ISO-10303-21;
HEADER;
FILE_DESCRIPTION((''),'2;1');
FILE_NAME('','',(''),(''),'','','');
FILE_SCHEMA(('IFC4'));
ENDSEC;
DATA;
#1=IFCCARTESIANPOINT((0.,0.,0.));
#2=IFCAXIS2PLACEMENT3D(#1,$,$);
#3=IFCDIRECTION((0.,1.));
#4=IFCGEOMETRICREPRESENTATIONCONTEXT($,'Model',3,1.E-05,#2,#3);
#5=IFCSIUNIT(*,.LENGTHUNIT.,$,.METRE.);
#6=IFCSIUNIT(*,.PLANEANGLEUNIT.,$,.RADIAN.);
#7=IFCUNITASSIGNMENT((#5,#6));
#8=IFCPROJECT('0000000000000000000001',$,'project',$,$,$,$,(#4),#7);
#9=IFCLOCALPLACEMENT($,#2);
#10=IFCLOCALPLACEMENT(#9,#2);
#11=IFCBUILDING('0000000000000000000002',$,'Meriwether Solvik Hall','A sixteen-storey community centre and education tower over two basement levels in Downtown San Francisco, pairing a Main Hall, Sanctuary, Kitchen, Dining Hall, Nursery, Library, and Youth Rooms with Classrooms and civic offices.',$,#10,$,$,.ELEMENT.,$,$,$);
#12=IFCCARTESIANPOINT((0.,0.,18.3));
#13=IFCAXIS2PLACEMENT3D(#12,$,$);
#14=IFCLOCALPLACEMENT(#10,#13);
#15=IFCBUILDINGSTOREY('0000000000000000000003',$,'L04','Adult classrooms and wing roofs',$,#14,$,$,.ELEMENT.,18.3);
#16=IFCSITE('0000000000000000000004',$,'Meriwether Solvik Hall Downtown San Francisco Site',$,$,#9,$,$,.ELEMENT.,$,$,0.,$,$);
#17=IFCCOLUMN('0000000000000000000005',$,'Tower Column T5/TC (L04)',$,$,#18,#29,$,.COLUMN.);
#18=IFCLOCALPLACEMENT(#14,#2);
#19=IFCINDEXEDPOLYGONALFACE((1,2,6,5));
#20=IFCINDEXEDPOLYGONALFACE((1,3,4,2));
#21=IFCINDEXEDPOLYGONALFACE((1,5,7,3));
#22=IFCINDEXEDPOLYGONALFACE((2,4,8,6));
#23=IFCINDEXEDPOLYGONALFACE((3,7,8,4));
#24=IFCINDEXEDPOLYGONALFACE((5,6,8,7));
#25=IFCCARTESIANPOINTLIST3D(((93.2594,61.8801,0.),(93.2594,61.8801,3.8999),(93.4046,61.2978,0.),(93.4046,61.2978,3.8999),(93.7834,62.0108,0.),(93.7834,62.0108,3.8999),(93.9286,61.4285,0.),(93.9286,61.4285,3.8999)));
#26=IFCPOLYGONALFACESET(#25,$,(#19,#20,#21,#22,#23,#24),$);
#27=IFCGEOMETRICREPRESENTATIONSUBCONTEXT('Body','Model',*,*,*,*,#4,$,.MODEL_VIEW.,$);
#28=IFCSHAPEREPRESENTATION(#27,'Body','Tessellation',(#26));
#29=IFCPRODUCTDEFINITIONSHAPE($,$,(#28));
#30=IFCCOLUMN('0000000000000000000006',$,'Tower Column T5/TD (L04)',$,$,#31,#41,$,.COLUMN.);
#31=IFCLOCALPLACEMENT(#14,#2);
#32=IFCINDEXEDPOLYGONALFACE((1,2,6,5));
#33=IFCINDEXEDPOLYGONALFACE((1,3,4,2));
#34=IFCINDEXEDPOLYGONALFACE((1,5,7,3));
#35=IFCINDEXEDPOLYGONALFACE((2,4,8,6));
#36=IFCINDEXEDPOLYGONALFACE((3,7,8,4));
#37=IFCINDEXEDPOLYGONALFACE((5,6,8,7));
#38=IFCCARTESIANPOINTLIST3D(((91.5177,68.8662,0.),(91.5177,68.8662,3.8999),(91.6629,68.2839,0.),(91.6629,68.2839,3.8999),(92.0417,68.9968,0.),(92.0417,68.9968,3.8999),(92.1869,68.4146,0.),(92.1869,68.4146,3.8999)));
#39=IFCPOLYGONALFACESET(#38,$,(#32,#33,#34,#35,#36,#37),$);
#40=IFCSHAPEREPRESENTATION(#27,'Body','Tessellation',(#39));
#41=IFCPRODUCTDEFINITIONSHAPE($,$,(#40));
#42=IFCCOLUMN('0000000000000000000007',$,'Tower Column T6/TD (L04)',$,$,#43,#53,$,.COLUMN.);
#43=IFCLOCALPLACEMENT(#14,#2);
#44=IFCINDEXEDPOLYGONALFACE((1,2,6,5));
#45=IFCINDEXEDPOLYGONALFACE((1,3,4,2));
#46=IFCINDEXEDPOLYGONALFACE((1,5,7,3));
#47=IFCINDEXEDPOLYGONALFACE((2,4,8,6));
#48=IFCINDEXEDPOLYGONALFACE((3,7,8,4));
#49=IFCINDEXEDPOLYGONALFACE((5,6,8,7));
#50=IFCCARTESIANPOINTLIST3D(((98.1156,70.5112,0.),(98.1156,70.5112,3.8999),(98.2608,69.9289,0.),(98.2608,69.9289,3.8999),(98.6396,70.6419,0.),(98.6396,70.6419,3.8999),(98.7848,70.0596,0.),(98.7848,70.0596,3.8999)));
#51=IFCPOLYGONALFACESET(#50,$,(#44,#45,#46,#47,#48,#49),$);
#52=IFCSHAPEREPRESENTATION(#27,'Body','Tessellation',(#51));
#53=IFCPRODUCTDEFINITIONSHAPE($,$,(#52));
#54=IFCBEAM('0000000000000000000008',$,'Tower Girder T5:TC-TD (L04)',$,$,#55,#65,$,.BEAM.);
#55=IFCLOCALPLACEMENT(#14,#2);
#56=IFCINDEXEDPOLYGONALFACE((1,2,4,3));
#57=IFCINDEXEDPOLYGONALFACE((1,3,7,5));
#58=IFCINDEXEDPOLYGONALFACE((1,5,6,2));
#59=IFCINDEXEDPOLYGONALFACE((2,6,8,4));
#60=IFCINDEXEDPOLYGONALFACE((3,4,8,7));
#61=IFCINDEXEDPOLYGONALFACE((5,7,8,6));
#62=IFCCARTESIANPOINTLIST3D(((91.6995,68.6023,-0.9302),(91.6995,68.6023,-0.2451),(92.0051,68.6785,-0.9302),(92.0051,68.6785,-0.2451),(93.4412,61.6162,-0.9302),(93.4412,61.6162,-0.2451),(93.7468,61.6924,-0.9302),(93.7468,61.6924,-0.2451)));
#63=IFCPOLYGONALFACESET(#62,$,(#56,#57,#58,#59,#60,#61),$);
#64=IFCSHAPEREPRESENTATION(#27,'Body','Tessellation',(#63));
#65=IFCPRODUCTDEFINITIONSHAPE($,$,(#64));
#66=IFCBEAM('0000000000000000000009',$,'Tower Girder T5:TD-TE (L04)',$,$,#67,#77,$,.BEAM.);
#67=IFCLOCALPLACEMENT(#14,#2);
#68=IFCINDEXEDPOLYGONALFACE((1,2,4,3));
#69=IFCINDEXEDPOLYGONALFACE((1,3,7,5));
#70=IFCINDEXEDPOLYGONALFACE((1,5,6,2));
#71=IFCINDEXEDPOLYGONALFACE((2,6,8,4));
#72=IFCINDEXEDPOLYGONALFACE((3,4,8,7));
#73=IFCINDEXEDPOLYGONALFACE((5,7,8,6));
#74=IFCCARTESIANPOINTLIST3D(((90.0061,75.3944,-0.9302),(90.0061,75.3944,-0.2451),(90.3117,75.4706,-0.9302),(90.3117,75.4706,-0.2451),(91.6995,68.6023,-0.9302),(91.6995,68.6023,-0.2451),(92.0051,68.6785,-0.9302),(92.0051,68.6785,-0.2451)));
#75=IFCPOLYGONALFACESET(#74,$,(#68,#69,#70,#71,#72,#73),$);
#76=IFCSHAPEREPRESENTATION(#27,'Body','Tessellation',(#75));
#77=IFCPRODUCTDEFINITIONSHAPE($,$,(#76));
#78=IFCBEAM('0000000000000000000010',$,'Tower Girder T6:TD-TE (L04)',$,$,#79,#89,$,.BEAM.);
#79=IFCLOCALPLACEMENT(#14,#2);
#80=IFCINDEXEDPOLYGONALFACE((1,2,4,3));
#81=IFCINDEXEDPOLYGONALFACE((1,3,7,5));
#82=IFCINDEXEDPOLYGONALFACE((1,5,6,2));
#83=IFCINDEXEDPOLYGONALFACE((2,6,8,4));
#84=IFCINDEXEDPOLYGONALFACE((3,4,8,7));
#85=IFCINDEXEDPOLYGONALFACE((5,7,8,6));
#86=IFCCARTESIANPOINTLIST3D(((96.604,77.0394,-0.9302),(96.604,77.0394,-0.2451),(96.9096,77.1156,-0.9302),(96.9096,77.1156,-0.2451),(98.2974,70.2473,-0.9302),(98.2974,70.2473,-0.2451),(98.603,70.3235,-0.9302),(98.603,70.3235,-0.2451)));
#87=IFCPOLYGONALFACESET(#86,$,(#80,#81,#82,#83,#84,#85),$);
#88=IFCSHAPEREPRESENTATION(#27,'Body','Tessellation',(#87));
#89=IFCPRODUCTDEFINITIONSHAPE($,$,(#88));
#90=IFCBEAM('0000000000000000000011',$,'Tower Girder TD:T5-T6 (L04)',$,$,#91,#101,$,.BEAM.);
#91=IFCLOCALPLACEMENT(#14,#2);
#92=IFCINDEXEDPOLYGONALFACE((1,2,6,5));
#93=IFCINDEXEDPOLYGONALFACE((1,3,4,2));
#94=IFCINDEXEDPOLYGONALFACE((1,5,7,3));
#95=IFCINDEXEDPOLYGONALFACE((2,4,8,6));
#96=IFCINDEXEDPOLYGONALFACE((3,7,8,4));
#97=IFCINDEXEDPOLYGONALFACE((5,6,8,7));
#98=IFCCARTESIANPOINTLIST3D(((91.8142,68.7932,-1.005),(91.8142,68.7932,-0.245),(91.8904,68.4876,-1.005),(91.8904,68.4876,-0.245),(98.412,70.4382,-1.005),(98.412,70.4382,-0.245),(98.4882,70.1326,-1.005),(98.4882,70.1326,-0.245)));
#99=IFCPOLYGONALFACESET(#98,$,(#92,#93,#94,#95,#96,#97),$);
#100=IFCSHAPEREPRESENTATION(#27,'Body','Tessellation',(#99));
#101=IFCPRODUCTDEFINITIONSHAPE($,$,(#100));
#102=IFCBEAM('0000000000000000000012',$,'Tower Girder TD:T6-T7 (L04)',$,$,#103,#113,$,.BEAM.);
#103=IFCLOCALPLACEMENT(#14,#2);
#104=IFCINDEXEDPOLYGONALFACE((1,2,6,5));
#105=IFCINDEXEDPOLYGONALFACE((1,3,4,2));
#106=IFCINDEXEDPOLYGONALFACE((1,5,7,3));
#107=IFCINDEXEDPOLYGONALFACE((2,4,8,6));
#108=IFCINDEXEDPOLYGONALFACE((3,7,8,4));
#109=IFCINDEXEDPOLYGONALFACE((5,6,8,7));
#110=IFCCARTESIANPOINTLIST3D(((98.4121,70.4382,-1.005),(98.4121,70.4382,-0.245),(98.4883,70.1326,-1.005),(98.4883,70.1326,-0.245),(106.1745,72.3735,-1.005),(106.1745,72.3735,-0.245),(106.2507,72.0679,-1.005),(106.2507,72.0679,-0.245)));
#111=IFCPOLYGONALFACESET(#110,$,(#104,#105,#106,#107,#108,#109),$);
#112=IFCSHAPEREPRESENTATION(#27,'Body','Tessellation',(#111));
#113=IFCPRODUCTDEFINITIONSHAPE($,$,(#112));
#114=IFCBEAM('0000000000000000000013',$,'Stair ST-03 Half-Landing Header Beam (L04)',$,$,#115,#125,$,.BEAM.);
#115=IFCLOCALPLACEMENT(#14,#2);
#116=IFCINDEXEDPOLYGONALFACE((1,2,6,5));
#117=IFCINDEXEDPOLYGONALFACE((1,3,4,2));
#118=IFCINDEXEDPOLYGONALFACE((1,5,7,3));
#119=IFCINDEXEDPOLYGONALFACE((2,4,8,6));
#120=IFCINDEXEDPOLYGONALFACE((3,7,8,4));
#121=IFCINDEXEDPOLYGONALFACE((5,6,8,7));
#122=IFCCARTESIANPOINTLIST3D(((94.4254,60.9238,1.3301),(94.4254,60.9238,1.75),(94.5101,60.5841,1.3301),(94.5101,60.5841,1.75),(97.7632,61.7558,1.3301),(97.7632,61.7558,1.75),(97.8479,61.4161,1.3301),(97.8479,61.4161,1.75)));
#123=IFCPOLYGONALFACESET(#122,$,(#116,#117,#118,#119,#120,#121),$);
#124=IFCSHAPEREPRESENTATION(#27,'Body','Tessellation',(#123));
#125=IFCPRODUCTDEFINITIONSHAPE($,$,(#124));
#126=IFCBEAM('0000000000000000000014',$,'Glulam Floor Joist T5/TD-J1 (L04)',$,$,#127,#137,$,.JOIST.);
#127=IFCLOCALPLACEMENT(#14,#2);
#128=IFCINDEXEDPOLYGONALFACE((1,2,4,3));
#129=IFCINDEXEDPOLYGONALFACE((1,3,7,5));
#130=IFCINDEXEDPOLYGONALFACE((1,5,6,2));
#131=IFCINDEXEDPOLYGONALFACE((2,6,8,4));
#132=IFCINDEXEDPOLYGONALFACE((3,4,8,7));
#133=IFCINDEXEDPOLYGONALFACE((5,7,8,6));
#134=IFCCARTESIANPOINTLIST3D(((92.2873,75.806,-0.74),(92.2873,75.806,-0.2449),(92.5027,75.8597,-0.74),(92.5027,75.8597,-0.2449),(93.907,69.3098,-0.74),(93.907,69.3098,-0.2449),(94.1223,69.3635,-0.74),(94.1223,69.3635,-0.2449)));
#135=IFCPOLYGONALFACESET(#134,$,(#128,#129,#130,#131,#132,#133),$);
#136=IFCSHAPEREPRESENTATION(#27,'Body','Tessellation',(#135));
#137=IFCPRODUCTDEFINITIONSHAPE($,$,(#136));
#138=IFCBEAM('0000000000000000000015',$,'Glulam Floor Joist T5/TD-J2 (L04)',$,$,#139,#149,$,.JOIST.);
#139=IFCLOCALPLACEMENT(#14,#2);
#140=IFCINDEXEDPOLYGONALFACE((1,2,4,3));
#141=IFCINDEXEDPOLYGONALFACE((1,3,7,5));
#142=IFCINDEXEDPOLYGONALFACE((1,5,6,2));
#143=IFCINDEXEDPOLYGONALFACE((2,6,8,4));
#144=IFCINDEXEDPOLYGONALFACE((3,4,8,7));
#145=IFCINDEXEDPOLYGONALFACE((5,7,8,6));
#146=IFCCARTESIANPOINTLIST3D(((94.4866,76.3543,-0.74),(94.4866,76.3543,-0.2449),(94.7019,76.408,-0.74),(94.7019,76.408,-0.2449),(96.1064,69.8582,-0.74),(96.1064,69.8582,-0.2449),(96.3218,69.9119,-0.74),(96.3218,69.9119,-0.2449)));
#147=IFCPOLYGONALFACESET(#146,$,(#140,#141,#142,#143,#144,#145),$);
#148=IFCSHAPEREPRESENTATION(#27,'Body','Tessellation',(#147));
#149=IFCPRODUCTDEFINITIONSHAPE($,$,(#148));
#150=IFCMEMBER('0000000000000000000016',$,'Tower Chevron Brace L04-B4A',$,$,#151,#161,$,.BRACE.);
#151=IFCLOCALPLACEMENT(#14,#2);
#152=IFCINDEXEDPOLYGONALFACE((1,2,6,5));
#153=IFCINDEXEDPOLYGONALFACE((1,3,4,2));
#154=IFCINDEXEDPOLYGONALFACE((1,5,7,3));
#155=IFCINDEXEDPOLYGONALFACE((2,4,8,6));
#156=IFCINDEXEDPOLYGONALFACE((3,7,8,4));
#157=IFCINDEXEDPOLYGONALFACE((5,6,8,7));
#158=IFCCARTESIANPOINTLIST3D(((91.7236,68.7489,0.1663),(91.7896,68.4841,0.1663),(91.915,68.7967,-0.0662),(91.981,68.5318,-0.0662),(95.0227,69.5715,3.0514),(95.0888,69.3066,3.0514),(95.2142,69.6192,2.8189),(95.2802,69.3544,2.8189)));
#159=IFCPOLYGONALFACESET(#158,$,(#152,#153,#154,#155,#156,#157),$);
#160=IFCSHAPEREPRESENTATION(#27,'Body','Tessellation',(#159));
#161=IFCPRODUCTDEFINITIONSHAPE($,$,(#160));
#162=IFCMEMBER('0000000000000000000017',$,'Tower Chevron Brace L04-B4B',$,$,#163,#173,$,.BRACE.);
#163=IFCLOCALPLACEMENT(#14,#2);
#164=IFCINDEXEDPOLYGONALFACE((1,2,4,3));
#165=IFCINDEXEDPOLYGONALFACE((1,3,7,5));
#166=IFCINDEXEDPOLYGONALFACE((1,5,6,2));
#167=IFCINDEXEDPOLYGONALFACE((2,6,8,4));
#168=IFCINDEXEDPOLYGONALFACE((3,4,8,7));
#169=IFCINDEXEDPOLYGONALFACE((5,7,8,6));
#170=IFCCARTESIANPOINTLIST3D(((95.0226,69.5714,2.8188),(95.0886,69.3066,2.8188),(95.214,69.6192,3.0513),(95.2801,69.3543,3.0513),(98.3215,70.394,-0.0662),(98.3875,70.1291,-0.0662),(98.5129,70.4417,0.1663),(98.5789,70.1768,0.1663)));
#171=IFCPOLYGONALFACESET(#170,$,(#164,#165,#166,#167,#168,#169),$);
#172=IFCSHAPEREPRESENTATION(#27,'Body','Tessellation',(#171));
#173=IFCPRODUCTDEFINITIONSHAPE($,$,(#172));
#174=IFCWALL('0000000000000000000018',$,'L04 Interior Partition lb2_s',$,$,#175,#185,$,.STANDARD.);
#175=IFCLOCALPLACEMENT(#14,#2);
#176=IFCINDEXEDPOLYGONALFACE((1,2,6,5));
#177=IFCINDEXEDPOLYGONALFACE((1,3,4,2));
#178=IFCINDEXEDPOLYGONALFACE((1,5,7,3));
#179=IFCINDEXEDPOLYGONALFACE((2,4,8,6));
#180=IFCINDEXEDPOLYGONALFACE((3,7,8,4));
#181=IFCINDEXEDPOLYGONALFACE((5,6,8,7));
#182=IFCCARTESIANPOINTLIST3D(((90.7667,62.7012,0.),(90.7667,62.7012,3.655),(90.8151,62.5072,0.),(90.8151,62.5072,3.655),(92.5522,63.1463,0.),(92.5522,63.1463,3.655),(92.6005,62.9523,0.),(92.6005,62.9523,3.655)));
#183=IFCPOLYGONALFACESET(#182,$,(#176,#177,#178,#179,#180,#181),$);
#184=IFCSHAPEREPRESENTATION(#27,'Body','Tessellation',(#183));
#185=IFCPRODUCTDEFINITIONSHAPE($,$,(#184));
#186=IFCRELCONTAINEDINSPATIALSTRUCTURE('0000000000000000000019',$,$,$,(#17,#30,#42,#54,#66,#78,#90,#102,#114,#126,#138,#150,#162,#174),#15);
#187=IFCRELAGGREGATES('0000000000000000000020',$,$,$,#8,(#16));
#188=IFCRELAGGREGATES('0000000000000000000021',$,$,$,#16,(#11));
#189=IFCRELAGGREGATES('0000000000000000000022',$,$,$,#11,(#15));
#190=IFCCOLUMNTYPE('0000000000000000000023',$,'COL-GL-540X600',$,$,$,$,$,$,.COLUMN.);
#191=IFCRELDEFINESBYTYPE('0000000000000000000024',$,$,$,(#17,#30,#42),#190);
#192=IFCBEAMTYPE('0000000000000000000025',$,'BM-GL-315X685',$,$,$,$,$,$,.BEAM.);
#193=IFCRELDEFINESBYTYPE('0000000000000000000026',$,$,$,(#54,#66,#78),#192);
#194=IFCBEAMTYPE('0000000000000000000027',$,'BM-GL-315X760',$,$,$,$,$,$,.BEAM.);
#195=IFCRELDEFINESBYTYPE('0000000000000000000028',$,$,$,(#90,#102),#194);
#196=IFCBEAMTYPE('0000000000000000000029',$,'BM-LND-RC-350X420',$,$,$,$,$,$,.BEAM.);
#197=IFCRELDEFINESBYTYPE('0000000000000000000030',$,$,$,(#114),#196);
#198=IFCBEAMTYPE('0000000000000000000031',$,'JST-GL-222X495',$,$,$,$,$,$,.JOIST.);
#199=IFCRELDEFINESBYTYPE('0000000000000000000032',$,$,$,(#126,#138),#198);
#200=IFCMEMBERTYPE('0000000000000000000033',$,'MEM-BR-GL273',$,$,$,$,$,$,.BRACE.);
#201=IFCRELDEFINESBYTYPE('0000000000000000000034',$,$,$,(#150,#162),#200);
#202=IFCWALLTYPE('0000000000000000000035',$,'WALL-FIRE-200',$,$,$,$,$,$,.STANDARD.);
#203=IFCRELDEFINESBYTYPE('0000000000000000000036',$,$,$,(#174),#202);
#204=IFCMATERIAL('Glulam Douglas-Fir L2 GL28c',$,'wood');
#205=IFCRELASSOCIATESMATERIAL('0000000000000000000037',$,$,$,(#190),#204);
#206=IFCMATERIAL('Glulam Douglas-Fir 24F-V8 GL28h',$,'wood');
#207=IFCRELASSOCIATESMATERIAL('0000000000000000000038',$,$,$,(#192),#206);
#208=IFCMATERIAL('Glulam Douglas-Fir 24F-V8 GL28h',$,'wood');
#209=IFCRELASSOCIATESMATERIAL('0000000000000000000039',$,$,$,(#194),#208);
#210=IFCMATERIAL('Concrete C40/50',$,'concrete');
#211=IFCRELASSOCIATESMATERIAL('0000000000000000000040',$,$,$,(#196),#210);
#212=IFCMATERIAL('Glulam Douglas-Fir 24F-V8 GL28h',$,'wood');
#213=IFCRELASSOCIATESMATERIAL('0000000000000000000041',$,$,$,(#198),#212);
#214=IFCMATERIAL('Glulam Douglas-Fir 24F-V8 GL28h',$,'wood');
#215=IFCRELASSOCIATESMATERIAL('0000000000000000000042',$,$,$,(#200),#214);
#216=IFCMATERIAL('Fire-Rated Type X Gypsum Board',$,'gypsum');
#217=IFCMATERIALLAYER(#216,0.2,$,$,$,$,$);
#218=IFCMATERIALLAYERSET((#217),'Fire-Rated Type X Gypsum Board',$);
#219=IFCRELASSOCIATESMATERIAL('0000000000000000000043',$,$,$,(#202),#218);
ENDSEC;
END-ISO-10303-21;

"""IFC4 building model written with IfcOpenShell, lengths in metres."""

from ifc_helpers import new_model, si_unit, direction, frame, frame_2d, origin, origin_2d, place, context, subcontext, project, spatial, rectangle, extrude, material, layer, layer_set, material_profile, profile_set, type_object, element, save


model = new_model("IFC4")

# Units and contexts
model_context = context("Model", 3, precision=1e-05, world=origin(), true_north=direction((0.0, 1.0)))
body_context = subcontext(model_context, "Body", "Model", "MODEL_VIEW")
ifc_project = project(units=[si_unit("LENGTHUNIT", "METRE"), si_unit("PLANEANGLEUNIT", "RADIAN")], contexts=[model_context])

# Site, building, storey
site_placement = place(None, origin())
site = spatial("IfcSite", under=ifc_project, at=site_placement, Name="Meriwether Solvik Hall Downtown San Francisco Site", CompositionType="ELEMENT", RefElevation=0.0)
building_placement = place(site_placement, origin())
building = spatial("IfcBuilding", under=site, at=building_placement, Name="Meriwether Solvik Hall", Description="A sixteen-storey community centre and education tower over two basement levels in Downtown San Francisco, pairing a Main Hall, Sanctuary, Kitchen, Dining Hall, Nursery, Library, and Youth Rooms with Classrooms and civic offices.", CompositionType="ELEMENT")
storey_placement = place(building_placement, frame((0.0, 0.0, 18.3)))
storey = spatial("IfcBuildingStorey", under=building, at=storey_placement, Name="L04", Description="Adult classrooms and wing roofs", CompositionType="ELEMENT", Elevation=18.3)

# Columns
ifc_material_1 = material(Name="Glulam Douglas-Fir L2 GL28c", Category="wood")
ifc_material_profile_1 = material_profile(ifc_material_1, rectangle(XDim=0.54, YDim=0.6001, at=origin_2d()), Name="GLC-540X600")
ifc_profile_set_1 = profile_set([ifc_material_profile_1], Name="Glulam Douglas-Fir L2 GL28c")
column_type = type_object("IfcColumnType", Name="COL-GL-540X600", PredefinedType="COLUMN", material=ifc_profile_set_1)
for number, where, z_axis, x_axis, name in (
    (1, (93.594, 61.6543, 0.0), (0.0, 0.0, 1.0), (0.970296, 0.241922, 0.0), "Tower Column T5/TC (L04)"),
    (2, (91.8523, 68.6404, 0.0), (0.0, 0.0, 1.0), (0.970296, 0.241922, 0.0), "Tower Column T5/TD (L04)"),
    (3, (98.4502, 70.2854, 0.0), (0.0, 0.0, 1.0), (0.970296, 0.241922, 0.0), "Tower Column T6/TD (L04)"),
):
    element("IfcColumn", number, at=place(storey_placement, frame(where, z_axis=z_axis, x_axis=x_axis)), inside=storey, type_object=column_type, Name=name, PredefinedType="COLUMN", context=body_context, shape_type="SweptSolid", body=[
        extrude(rectangle(XDim=0.54, YDim=0.6001, at=origin_2d()), origin(), (0.0, 0.0, 1.0), 3.8999),
    ])

# Beams
ifc_material_2 = material(Name="Glulam Douglas-Fir 24F-V8 GL28h", Category="wood")
ifc_material_profile_2 = material_profile(ifc_material_2, rectangle(XDim=0.3149, YDim=0.6851, at=origin_2d()), Name="GLB-315X685")
ifc_profile_set_2 = profile_set([ifc_material_profile_2], Name="Glulam Douglas-Fir 24F-V8 GL28h")
beam_type_1 = type_object("IfcBeamType", Name="BM-GL-315X685", PredefinedType="BEAM", material=ifc_profile_set_2)
beam_1_placement = place(storey_placement, frame((93.594, 61.6543, -0.5876), z_axis=(-0.241905, 0.9703, 0.0), x_axis=(-0.9703, -0.241905, 0.0)))
element("IfcBeam", 4, at=beam_1_placement, inside=storey, type_object=beam_type_1, Name="Tower Girder T5:TC-TD (L04)", PredefinedType="BEAM", context=body_context, shape_type="SweptSolid", body=[
    extrude(rectangle(XDim=0.3149, YDim=0.6851, at=origin_2d()), origin(), (0.0, 0.0, 1.0), 7.2),
])
for number, where, z_axis, x_axis, name in (
    (5, (91.8523, 68.6404, -0.5876), (-0.241912, 0.970298, 0.0), (-0.970298, -0.241912, 0.0), "Tower Girder T5:TD-TE (L04)"),
    (6, (98.4502, 70.2854, -0.5876), (-0.241912, 0.970298, 0.0), (-0.970298, -0.241912, 0.0), "Tower Girder T6:TD-TE (L04)"),
):
    element("IfcBeam", number, at=place(storey_placement, frame(where, z_axis=z_axis, x_axis=x_axis)), inside=storey, type_object=beam_type_1, Name=name, PredefinedType="BEAM", context=body_context, shape_type="SweptSolid", body=[
        extrude(rectangle(XDim=0.3149, YDim=0.6851, at=origin_2d()), origin(), (0.0, 0.0, 1.0), 7.0),
    ])
ifc_material_3 = material(Name="Glulam Douglas-Fir 24F-V8 GL28h", Category="wood")
ifc_material_profile_3 = material_profile(ifc_material_3, rectangle(XDim=0.3149, YDim=0.76, at=origin_2d()), Name="GLB-315X760")
ifc_profile_set_3 = profile_set([ifc_material_profile_3], Name="Glulam Douglas-Fir 24F-V8 GL28h")
beam_type_2 = type_object("IfcBeamType", Name="BM-GL-315X760", PredefinedType="BEAM", material=ifc_profile_set_3)
beam_2_placement = place(storey_placement, frame((91.8523, 68.6404, -0.625), z_axis=(0.970296, 0.241919, 0.0), x_axis=(-0.241919, 0.970296, 0.0)))
element("IfcBeam", 7, at=beam_2_placement, inside=storey, type_object=beam_type_2, Name="Tower Girder TD:T5-T6 (L04)", PredefinedType="BEAM", context=body_context, shape_type="SweptSolid", body=[
    extrude(rectangle(XDim=0.3149, YDim=0.76, at=origin_2d()), origin(), (0.0, 0.0, 1.0), 6.7998),
])
beam_3_placement = place(storey_placement, frame((98.4502, 70.2854, -0.625), z_axis=(0.970298, 0.241911, 0.0), x_axis=(-0.241911, 0.970298, 0.0)))
element("IfcBeam", 8, at=beam_3_placement, inside=storey, type_object=beam_type_2, Name="Tower Girder TD:T6-T7 (L04)", PredefinedType="BEAM", context=body_context, shape_type="SweptSolid", body=[
    extrude(rectangle(XDim=0.3149, YDim=0.76, at=origin_2d()), origin(), (0.0, 0.0, 1.0), 8.0),
])
ifc_material_4 = material(Name="Concrete C40/50", Category="concrete")
ifc_material_profile_4 = material_profile(ifc_material_4, rectangle(XDim=0.3501, YDim=0.4199, at=origin_2d()), Name="RCB-350X420")
ifc_profile_set_4 = profile_set([ifc_material_profile_4], Name="Concrete C40/50")
beam_type_3 = type_object("IfcBeamType", Name="BM-LND-RC-350X420", PredefinedType="BEAM", material=ifc_profile_set_4)
beam_4_placement = place(storey_placement, frame((94.4678, 60.7539, 1.54), z_axis=(0.970309, 0.241868, 0.0), x_axis=(-0.241868, 0.970309, 0.0)))
element("IfcBeam", 9, at=beam_4_placement, inside=storey, type_object=beam_type_3, Name="Stair ST-03 Half-Landing Header Beam (L04)", PredefinedType="BEAM", context=body_context, shape_type="SweptSolid", body=[
    extrude(rectangle(XDim=0.3501, YDim=0.4199, at=origin_2d()), origin(), (0.0, 0.0, 1.0), 3.4399),
])
ifc_material_5 = material(Name="Glulam Douglas-Fir 24F-V8 GL28h", Category="wood")
ifc_material_profile_5 = material_profile(ifc_material_5, rectangle(XDim=0.2219, YDim=0.4951, at=origin_2d()), Name="GLJ-222X495")
ifc_profile_set_5 = profile_set([ifc_material_profile_5], Name="Glulam Douglas-Fir 24F-V8 GL28h")
beam_type_4 = type_object("IfcBeamType", Name="JST-GL-222X495", PredefinedType="JOIST", material=ifc_profile_set_5)
for number, where, z_axis, x_axis, name in (
    (10, (94.0146, 69.3367, -0.4924), (-0.241918, 0.970297, 0.0), (-0.970297, -0.241918, 0.0), "Glulam Floor Joist T5/TD-J1 (L04)"),
    (11, (96.2141, 69.885, -0.4924), (-0.241952, 0.970288, 0.0), (-0.970288, -0.241952, 0.0), "Glulam Floor Joist T5/TD-J2 (L04)"),
):
    element("IfcBeam", number, at=place(storey_placement, frame(where, z_axis=z_axis, x_axis=x_axis)), inside=storey, type_object=beam_type_4, Name=name, PredefinedType="JOIST", context=body_context, shape_type="SweptSolid", body=[
        extrude(rectangle(XDim=0.2219, YDim=0.4951, at=origin_2d()), origin(), (0.0, 0.0, 1.0), 6.6951),
    ])

# Members
ifc_material_6 = material(Name="Glulam Douglas-Fir 24F-V8 GL28h", Category="wood")
ifc_material_profile_6 = material_profile(ifc_material_6, rectangle(XDim=0.2729, YDim=0.3049, at=origin_2d()), Name="GLM-273X305")
ifc_profile_set_6 = profile_set([ifc_material_profile_6], Name="Glulam Douglas-Fir 24F-V8 GL28h")
member_type = type_object("IfcMemberType", Name="MEM-BR-GL273", PredefinedType="BRACE", material=ifc_profile_set_6)
member_1_placement = place(storey_placement, frame((91.8523, 68.6404, 0.05), z_axis=(0.73985, 0.184456, 0.646992), x_axis=(-0.24191, 0.970299, 0.0)))
element("IfcMember", 12, at=member_1_placement, inside=storey, type_object=member_type, Name="Tower Chevron Brace L04-B4A", PredefinedType="BRACE", context=body_context, shape_type="SweptSolid", body=[
    extrude(rectangle(XDim=0.2729, YDim=0.3049, at=origin_2d()), origin(), (0.0, 0.0, 1.0), 4.4592),
])
member_2_placement = place(storey_placement, frame((98.4502, 70.2854, 0.05), z_axis=(-0.739825, -0.184463, 0.647018), x_axis=(0.241927, -0.970294, 0.0)))
element("IfcMember", 13, at=member_2_placement, inside=storey, type_object=member_type, Name="Tower Chevron Brace L04-B4B", PredefinedType="BRACE", context=body_context, shape_type="SweptSolid", body=[
    extrude(rectangle(XDim=0.2729, YDim=0.3049, at=origin_2d()), origin(), (0.0, 0.0, 1.0), 4.459),
])

# Wall
ifc_material_7 = material(Name="Fire-Rated Type X Gypsum Board", Category="gypsum")
ifc_layer_1 = layer(ifc_material_7, 0.2)
ifc_layer_set_1 = layer_set([ifc_layer_1], Name="Fire-Rated Type X Gypsum Board")
wall_type_1 = type_object("IfcWallType", Name="WALL-FIRE-200", PredefinedType="STANDARD", material=ifc_layer_set_1)
wall_1_placement = place(storey_placement, frame((90.791, 62.6042, 0.0), z_axis=(0.0, 0.0, 1.0), x_axis=(0.970306, 0.24188, 0.0)))
element("IfcWall", 14, at=wall_1_placement, inside=storey, type_object=wall_type_1, Name="L04 Interior Partition lb2_s", PredefinedType="STANDARD", context=body_context, shape_type="SweptSolid", body=[
    extrude(rectangle(XDim=1.8401, YDim=0.2, at=frame_2d((0.9199, 0.0))), origin(), (0.0, 0.0, 1.0), 3.655),
])

save(model, "model.ifc")
